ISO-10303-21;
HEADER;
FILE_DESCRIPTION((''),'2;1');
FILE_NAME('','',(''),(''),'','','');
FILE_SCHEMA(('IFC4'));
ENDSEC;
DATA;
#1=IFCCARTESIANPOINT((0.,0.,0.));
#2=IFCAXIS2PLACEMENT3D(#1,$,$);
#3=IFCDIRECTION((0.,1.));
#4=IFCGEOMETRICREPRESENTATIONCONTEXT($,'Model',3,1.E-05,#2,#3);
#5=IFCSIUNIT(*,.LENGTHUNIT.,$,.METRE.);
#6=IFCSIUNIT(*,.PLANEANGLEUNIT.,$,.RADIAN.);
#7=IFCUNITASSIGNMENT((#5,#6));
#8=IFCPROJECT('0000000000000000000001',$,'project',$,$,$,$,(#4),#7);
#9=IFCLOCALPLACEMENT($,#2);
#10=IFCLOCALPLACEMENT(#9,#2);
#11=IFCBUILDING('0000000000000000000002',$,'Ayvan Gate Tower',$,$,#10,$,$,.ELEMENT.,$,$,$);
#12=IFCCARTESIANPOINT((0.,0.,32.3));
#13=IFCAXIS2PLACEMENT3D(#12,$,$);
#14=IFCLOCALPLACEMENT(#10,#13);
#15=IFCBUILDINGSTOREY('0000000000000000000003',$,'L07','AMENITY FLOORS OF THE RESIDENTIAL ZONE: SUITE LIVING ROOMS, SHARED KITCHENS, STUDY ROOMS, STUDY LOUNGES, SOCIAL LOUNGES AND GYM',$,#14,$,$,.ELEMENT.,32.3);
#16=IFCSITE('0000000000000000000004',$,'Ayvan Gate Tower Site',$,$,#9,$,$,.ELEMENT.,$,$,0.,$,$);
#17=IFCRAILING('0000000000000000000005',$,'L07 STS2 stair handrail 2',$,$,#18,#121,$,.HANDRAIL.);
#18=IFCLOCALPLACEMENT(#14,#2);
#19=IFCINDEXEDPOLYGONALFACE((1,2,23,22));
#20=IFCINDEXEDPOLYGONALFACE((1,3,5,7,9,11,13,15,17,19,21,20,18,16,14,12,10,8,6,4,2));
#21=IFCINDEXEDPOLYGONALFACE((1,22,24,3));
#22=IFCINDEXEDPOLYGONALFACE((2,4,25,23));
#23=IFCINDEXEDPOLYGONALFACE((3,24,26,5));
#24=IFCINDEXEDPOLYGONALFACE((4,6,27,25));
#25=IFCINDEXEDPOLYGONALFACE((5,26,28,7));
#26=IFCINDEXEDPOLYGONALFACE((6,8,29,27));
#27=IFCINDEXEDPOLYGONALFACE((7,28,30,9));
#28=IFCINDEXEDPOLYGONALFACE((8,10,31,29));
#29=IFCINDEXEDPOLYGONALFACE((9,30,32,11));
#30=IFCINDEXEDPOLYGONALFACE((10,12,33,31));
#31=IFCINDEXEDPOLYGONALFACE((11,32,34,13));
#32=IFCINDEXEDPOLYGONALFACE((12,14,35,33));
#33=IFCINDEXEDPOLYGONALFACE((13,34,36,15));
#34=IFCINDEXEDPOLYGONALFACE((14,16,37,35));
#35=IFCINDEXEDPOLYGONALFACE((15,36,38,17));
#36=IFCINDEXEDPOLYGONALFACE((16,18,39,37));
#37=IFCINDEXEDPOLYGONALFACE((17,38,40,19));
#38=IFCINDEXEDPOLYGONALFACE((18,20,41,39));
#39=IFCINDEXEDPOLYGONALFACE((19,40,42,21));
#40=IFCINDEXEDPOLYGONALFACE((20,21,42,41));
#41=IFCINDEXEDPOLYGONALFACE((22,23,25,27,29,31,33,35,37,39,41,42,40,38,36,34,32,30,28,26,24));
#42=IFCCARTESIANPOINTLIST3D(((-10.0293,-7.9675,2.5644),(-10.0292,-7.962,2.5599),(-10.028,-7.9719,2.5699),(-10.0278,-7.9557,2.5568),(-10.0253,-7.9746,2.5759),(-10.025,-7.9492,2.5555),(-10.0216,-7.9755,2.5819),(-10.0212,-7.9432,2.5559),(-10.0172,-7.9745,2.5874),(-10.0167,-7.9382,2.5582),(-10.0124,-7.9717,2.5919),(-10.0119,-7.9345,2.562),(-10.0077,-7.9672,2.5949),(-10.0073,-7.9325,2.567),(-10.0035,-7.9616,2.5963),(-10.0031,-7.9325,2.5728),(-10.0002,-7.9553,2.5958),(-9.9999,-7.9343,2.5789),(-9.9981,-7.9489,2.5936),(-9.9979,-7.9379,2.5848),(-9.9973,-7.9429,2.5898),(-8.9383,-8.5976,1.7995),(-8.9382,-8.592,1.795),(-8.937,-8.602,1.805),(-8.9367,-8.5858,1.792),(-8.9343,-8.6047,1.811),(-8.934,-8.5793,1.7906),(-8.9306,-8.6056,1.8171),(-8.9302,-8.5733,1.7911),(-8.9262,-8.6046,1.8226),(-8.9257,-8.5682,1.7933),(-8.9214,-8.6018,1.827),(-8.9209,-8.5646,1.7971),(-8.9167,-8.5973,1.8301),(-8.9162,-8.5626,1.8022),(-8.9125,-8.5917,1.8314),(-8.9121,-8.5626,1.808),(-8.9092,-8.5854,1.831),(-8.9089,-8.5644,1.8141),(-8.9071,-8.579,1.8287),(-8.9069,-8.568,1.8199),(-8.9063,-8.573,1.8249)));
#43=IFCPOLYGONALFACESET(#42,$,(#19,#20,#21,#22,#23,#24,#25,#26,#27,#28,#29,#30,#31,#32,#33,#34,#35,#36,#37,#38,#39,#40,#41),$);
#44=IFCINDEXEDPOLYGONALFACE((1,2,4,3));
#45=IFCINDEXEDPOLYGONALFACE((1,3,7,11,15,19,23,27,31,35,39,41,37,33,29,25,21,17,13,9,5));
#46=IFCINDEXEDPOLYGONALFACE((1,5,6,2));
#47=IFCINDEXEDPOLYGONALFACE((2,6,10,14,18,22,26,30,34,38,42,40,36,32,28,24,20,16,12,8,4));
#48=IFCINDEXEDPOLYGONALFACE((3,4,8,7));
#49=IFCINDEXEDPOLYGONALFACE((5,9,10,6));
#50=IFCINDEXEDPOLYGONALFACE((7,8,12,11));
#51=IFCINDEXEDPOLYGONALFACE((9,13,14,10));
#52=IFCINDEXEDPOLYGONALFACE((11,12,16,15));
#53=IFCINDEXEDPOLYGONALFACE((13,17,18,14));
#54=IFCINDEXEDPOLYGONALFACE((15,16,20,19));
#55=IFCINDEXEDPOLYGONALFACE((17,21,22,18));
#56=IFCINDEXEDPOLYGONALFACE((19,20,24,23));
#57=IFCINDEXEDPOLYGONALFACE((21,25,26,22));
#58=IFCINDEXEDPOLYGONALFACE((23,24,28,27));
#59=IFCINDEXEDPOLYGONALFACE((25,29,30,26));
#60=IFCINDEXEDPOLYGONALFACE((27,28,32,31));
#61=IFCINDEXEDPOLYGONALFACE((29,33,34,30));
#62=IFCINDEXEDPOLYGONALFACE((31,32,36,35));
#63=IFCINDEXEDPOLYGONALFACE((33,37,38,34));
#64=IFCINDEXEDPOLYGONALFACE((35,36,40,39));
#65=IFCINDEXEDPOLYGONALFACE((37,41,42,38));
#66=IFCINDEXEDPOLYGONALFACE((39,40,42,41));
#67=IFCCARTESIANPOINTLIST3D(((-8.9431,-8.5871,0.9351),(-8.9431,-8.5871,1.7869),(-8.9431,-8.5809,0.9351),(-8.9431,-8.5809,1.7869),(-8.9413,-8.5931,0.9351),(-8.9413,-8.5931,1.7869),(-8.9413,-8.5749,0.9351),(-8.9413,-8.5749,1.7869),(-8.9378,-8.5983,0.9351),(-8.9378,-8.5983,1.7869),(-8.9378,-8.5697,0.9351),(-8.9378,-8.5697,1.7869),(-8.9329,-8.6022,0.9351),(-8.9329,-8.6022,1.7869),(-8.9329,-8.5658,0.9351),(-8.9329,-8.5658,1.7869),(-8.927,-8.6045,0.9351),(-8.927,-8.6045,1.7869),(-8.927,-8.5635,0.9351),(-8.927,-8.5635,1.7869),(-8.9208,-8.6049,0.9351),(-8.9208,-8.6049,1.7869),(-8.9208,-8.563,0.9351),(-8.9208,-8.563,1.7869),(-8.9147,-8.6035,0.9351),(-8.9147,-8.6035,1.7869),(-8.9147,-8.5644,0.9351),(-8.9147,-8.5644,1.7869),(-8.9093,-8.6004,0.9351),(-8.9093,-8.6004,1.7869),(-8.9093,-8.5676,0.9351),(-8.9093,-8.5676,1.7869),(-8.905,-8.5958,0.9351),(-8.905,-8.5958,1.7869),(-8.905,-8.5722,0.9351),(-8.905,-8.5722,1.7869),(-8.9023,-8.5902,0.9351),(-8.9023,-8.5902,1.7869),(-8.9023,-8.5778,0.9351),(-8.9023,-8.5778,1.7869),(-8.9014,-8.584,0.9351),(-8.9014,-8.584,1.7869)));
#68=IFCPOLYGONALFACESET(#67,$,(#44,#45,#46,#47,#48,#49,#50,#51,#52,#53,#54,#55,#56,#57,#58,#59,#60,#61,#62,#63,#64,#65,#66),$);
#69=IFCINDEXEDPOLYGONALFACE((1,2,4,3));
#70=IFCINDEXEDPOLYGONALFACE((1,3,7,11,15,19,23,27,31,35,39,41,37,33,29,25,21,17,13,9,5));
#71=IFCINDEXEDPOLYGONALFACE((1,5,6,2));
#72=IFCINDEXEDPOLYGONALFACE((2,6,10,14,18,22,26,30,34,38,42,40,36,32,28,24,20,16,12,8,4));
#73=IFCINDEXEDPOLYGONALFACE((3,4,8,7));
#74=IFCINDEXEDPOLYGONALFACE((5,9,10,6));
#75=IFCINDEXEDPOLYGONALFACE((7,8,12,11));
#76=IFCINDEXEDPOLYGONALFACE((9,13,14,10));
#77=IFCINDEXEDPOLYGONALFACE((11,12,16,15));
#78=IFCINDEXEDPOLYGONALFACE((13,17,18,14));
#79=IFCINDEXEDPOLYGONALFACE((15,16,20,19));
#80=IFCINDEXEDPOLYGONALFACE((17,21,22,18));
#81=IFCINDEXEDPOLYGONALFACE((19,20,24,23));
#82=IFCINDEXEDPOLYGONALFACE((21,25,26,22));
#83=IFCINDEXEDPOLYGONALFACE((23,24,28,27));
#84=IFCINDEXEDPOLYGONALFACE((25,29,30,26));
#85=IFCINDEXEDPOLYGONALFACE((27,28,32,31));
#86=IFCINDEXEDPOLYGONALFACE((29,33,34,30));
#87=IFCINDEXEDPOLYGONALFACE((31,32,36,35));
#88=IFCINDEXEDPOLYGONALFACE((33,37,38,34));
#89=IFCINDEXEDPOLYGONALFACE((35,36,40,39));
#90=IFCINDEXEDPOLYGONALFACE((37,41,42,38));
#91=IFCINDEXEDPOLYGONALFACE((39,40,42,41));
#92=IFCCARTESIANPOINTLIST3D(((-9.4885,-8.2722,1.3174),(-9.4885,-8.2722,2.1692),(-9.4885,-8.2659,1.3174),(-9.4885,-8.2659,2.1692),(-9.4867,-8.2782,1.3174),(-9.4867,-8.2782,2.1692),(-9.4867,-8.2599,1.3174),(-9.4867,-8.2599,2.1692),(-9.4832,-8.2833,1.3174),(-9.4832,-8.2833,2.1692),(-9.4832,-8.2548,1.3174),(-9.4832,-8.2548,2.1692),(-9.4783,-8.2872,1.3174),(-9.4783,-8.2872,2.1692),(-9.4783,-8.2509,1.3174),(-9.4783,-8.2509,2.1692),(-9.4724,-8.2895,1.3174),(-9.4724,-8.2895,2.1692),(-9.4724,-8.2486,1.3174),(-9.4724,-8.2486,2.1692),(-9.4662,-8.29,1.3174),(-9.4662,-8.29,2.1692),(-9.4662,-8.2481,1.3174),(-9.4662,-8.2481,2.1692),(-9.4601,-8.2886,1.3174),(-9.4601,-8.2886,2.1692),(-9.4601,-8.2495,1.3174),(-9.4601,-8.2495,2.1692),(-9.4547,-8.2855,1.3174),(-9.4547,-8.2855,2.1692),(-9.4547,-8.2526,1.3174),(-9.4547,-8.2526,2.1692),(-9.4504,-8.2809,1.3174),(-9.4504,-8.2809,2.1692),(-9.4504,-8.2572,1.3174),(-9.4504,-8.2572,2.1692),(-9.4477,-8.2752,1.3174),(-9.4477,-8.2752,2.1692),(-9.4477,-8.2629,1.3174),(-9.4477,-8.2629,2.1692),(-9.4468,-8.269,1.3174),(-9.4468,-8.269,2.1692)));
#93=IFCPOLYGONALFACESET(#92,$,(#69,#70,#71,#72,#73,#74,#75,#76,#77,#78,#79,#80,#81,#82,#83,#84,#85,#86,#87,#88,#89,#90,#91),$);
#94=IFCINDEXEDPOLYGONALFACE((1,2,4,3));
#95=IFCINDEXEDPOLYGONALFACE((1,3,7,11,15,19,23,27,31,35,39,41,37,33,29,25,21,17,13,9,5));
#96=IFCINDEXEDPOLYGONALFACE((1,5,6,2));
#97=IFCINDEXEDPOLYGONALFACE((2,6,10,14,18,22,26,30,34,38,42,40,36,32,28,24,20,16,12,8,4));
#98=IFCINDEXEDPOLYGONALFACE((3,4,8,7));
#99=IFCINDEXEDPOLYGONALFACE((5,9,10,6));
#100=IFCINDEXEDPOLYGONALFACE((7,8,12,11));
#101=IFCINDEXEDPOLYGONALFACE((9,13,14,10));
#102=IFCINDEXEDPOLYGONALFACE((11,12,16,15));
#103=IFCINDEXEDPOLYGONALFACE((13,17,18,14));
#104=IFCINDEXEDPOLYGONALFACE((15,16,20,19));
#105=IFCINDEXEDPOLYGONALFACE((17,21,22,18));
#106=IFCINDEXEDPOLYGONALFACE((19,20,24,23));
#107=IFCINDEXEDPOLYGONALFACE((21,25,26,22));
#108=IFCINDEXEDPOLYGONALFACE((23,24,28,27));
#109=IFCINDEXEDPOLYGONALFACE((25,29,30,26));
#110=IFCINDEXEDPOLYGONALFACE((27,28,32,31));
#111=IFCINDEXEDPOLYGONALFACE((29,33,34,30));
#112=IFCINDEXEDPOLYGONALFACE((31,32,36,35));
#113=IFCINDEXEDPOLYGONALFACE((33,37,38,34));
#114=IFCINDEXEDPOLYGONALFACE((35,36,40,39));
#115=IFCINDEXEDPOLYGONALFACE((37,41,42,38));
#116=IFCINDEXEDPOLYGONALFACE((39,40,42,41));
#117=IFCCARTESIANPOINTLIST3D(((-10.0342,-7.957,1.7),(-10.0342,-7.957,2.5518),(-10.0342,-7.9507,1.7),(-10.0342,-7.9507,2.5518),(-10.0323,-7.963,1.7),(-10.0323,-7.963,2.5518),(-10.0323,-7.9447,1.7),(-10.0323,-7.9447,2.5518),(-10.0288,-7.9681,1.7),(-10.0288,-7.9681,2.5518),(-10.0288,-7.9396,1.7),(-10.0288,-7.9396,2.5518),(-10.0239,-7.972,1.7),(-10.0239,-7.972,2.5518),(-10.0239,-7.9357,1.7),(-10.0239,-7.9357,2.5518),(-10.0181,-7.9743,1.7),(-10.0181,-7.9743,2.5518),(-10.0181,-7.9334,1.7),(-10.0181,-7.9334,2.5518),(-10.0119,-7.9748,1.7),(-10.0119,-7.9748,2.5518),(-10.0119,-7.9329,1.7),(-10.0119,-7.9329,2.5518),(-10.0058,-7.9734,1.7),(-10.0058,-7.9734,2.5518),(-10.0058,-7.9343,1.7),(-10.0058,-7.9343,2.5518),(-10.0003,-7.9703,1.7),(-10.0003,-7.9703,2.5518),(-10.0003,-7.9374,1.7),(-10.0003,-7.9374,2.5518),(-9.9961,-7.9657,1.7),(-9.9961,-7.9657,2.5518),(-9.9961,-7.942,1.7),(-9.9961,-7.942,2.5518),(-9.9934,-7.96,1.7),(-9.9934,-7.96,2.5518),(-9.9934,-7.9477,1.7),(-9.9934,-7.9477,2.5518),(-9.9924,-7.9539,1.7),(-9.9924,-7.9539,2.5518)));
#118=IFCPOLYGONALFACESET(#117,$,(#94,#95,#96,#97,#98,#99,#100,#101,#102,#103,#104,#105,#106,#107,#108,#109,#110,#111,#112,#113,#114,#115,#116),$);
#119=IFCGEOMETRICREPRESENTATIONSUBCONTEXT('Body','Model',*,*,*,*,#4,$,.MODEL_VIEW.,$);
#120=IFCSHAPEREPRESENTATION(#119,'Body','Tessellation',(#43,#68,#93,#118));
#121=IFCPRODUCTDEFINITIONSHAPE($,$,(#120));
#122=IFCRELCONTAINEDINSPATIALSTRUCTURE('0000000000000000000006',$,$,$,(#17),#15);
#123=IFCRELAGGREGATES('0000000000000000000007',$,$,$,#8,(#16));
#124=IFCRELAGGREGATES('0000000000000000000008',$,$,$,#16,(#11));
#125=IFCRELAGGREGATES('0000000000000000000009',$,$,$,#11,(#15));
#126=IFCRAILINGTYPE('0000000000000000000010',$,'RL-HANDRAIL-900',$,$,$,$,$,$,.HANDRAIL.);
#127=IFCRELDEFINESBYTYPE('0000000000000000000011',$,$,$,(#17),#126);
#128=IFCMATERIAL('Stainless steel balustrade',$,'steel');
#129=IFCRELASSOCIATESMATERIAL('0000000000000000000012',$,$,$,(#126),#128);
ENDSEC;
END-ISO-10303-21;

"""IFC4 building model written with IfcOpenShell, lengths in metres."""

from ifc_helpers import new_model, si_unit, direction, frame, origin, origin_2d, place, context, subcontext, project, spatial, circle, extrude, material, type_object, element, save


model = new_model("IFC4")

# Units and contexts
model_context = context("Model", 3, precision=1e-05, world=origin(), true_north=direction((0.0, 1.0)))
body_context = subcontext(model_context, "Body", "Model", "MODEL_VIEW")
ifc_project = project(units=[si_unit("LENGTHUNIT", "METRE"), si_unit("PLANEANGLEUNIT", "RADIAN")], contexts=[model_context])

# Site, building, storey
site_placement = place(None, origin())
site = spatial("IfcSite", under=ifc_project, at=site_placement, Name="Ayvan Gate Tower Site", CompositionType="ELEMENT", RefElevation=0.0)
building_placement = place(site_placement, origin())
building = spatial("IfcBuilding", under=site, at=building_placement, Name="Ayvan Gate Tower", CompositionType="ELEMENT")
storey_placement = place(building_placement, frame((0.0, 0.0, 32.3)))
storey = spatial("IfcBuildingStorey", under=building, at=storey_placement, Name="L07", Description="AMENITY FLOORS OF THE RESIDENTIAL ZONE: SUITE LIVING ROOMS, SHARED KITCHENS, STUDY ROOMS, STUDY LOUNGES, SOCIAL LOUNGES AND GYM", CompositionType="ELEMENT", Elevation=32.3)

# Railing
ifc_material_1 = material(Name="Stainless steel balustrade", Category="steel")
railing_type_1 = type_object("IfcRailingType", Name="RL-HANDRAIL-900", PredefinedType="HANDRAIL", material=ifc_material_1)
railing_1_placement = place(storey_placement, frame((-8.9224, -8.584, 0.9351)))
element("IfcRailing", 1, at=railing_1_placement, inside=storey, type_object=railing_type_1, Name="L07 STS2 stair handrail 2", PredefinedType="HANDRAIL", context=body_context, shape_type="SweptSolid", body=[
    extrude(circle(Radius=0.0239, at=origin_2d()), frame((0.0, 0.0, 0.876), z_axis=(-0.740229, 0.427508, 0.518939), x_axis=(-0.500119, -0.865956, 0.0)), (0.0, 0.0, 1.0), 1.4739),
    extrude(circle(Radius=0.021, at=origin_2d()), origin(), (0.0, 0.0, 1.0), 0.8518),
    extrude(circle(Radius=0.021, at=origin_2d()), frame((-0.5454, 0.3149, 0.3823)), (0.0, 0.0, 1.0), 0.8518),
    extrude(circle(Radius=0.021, at=origin_2d()), frame((-1.0911, 0.6301, 0.7649)), (0.0, 0.0, 1.0), 0.8518),
])

save(model, "model.ifc")
